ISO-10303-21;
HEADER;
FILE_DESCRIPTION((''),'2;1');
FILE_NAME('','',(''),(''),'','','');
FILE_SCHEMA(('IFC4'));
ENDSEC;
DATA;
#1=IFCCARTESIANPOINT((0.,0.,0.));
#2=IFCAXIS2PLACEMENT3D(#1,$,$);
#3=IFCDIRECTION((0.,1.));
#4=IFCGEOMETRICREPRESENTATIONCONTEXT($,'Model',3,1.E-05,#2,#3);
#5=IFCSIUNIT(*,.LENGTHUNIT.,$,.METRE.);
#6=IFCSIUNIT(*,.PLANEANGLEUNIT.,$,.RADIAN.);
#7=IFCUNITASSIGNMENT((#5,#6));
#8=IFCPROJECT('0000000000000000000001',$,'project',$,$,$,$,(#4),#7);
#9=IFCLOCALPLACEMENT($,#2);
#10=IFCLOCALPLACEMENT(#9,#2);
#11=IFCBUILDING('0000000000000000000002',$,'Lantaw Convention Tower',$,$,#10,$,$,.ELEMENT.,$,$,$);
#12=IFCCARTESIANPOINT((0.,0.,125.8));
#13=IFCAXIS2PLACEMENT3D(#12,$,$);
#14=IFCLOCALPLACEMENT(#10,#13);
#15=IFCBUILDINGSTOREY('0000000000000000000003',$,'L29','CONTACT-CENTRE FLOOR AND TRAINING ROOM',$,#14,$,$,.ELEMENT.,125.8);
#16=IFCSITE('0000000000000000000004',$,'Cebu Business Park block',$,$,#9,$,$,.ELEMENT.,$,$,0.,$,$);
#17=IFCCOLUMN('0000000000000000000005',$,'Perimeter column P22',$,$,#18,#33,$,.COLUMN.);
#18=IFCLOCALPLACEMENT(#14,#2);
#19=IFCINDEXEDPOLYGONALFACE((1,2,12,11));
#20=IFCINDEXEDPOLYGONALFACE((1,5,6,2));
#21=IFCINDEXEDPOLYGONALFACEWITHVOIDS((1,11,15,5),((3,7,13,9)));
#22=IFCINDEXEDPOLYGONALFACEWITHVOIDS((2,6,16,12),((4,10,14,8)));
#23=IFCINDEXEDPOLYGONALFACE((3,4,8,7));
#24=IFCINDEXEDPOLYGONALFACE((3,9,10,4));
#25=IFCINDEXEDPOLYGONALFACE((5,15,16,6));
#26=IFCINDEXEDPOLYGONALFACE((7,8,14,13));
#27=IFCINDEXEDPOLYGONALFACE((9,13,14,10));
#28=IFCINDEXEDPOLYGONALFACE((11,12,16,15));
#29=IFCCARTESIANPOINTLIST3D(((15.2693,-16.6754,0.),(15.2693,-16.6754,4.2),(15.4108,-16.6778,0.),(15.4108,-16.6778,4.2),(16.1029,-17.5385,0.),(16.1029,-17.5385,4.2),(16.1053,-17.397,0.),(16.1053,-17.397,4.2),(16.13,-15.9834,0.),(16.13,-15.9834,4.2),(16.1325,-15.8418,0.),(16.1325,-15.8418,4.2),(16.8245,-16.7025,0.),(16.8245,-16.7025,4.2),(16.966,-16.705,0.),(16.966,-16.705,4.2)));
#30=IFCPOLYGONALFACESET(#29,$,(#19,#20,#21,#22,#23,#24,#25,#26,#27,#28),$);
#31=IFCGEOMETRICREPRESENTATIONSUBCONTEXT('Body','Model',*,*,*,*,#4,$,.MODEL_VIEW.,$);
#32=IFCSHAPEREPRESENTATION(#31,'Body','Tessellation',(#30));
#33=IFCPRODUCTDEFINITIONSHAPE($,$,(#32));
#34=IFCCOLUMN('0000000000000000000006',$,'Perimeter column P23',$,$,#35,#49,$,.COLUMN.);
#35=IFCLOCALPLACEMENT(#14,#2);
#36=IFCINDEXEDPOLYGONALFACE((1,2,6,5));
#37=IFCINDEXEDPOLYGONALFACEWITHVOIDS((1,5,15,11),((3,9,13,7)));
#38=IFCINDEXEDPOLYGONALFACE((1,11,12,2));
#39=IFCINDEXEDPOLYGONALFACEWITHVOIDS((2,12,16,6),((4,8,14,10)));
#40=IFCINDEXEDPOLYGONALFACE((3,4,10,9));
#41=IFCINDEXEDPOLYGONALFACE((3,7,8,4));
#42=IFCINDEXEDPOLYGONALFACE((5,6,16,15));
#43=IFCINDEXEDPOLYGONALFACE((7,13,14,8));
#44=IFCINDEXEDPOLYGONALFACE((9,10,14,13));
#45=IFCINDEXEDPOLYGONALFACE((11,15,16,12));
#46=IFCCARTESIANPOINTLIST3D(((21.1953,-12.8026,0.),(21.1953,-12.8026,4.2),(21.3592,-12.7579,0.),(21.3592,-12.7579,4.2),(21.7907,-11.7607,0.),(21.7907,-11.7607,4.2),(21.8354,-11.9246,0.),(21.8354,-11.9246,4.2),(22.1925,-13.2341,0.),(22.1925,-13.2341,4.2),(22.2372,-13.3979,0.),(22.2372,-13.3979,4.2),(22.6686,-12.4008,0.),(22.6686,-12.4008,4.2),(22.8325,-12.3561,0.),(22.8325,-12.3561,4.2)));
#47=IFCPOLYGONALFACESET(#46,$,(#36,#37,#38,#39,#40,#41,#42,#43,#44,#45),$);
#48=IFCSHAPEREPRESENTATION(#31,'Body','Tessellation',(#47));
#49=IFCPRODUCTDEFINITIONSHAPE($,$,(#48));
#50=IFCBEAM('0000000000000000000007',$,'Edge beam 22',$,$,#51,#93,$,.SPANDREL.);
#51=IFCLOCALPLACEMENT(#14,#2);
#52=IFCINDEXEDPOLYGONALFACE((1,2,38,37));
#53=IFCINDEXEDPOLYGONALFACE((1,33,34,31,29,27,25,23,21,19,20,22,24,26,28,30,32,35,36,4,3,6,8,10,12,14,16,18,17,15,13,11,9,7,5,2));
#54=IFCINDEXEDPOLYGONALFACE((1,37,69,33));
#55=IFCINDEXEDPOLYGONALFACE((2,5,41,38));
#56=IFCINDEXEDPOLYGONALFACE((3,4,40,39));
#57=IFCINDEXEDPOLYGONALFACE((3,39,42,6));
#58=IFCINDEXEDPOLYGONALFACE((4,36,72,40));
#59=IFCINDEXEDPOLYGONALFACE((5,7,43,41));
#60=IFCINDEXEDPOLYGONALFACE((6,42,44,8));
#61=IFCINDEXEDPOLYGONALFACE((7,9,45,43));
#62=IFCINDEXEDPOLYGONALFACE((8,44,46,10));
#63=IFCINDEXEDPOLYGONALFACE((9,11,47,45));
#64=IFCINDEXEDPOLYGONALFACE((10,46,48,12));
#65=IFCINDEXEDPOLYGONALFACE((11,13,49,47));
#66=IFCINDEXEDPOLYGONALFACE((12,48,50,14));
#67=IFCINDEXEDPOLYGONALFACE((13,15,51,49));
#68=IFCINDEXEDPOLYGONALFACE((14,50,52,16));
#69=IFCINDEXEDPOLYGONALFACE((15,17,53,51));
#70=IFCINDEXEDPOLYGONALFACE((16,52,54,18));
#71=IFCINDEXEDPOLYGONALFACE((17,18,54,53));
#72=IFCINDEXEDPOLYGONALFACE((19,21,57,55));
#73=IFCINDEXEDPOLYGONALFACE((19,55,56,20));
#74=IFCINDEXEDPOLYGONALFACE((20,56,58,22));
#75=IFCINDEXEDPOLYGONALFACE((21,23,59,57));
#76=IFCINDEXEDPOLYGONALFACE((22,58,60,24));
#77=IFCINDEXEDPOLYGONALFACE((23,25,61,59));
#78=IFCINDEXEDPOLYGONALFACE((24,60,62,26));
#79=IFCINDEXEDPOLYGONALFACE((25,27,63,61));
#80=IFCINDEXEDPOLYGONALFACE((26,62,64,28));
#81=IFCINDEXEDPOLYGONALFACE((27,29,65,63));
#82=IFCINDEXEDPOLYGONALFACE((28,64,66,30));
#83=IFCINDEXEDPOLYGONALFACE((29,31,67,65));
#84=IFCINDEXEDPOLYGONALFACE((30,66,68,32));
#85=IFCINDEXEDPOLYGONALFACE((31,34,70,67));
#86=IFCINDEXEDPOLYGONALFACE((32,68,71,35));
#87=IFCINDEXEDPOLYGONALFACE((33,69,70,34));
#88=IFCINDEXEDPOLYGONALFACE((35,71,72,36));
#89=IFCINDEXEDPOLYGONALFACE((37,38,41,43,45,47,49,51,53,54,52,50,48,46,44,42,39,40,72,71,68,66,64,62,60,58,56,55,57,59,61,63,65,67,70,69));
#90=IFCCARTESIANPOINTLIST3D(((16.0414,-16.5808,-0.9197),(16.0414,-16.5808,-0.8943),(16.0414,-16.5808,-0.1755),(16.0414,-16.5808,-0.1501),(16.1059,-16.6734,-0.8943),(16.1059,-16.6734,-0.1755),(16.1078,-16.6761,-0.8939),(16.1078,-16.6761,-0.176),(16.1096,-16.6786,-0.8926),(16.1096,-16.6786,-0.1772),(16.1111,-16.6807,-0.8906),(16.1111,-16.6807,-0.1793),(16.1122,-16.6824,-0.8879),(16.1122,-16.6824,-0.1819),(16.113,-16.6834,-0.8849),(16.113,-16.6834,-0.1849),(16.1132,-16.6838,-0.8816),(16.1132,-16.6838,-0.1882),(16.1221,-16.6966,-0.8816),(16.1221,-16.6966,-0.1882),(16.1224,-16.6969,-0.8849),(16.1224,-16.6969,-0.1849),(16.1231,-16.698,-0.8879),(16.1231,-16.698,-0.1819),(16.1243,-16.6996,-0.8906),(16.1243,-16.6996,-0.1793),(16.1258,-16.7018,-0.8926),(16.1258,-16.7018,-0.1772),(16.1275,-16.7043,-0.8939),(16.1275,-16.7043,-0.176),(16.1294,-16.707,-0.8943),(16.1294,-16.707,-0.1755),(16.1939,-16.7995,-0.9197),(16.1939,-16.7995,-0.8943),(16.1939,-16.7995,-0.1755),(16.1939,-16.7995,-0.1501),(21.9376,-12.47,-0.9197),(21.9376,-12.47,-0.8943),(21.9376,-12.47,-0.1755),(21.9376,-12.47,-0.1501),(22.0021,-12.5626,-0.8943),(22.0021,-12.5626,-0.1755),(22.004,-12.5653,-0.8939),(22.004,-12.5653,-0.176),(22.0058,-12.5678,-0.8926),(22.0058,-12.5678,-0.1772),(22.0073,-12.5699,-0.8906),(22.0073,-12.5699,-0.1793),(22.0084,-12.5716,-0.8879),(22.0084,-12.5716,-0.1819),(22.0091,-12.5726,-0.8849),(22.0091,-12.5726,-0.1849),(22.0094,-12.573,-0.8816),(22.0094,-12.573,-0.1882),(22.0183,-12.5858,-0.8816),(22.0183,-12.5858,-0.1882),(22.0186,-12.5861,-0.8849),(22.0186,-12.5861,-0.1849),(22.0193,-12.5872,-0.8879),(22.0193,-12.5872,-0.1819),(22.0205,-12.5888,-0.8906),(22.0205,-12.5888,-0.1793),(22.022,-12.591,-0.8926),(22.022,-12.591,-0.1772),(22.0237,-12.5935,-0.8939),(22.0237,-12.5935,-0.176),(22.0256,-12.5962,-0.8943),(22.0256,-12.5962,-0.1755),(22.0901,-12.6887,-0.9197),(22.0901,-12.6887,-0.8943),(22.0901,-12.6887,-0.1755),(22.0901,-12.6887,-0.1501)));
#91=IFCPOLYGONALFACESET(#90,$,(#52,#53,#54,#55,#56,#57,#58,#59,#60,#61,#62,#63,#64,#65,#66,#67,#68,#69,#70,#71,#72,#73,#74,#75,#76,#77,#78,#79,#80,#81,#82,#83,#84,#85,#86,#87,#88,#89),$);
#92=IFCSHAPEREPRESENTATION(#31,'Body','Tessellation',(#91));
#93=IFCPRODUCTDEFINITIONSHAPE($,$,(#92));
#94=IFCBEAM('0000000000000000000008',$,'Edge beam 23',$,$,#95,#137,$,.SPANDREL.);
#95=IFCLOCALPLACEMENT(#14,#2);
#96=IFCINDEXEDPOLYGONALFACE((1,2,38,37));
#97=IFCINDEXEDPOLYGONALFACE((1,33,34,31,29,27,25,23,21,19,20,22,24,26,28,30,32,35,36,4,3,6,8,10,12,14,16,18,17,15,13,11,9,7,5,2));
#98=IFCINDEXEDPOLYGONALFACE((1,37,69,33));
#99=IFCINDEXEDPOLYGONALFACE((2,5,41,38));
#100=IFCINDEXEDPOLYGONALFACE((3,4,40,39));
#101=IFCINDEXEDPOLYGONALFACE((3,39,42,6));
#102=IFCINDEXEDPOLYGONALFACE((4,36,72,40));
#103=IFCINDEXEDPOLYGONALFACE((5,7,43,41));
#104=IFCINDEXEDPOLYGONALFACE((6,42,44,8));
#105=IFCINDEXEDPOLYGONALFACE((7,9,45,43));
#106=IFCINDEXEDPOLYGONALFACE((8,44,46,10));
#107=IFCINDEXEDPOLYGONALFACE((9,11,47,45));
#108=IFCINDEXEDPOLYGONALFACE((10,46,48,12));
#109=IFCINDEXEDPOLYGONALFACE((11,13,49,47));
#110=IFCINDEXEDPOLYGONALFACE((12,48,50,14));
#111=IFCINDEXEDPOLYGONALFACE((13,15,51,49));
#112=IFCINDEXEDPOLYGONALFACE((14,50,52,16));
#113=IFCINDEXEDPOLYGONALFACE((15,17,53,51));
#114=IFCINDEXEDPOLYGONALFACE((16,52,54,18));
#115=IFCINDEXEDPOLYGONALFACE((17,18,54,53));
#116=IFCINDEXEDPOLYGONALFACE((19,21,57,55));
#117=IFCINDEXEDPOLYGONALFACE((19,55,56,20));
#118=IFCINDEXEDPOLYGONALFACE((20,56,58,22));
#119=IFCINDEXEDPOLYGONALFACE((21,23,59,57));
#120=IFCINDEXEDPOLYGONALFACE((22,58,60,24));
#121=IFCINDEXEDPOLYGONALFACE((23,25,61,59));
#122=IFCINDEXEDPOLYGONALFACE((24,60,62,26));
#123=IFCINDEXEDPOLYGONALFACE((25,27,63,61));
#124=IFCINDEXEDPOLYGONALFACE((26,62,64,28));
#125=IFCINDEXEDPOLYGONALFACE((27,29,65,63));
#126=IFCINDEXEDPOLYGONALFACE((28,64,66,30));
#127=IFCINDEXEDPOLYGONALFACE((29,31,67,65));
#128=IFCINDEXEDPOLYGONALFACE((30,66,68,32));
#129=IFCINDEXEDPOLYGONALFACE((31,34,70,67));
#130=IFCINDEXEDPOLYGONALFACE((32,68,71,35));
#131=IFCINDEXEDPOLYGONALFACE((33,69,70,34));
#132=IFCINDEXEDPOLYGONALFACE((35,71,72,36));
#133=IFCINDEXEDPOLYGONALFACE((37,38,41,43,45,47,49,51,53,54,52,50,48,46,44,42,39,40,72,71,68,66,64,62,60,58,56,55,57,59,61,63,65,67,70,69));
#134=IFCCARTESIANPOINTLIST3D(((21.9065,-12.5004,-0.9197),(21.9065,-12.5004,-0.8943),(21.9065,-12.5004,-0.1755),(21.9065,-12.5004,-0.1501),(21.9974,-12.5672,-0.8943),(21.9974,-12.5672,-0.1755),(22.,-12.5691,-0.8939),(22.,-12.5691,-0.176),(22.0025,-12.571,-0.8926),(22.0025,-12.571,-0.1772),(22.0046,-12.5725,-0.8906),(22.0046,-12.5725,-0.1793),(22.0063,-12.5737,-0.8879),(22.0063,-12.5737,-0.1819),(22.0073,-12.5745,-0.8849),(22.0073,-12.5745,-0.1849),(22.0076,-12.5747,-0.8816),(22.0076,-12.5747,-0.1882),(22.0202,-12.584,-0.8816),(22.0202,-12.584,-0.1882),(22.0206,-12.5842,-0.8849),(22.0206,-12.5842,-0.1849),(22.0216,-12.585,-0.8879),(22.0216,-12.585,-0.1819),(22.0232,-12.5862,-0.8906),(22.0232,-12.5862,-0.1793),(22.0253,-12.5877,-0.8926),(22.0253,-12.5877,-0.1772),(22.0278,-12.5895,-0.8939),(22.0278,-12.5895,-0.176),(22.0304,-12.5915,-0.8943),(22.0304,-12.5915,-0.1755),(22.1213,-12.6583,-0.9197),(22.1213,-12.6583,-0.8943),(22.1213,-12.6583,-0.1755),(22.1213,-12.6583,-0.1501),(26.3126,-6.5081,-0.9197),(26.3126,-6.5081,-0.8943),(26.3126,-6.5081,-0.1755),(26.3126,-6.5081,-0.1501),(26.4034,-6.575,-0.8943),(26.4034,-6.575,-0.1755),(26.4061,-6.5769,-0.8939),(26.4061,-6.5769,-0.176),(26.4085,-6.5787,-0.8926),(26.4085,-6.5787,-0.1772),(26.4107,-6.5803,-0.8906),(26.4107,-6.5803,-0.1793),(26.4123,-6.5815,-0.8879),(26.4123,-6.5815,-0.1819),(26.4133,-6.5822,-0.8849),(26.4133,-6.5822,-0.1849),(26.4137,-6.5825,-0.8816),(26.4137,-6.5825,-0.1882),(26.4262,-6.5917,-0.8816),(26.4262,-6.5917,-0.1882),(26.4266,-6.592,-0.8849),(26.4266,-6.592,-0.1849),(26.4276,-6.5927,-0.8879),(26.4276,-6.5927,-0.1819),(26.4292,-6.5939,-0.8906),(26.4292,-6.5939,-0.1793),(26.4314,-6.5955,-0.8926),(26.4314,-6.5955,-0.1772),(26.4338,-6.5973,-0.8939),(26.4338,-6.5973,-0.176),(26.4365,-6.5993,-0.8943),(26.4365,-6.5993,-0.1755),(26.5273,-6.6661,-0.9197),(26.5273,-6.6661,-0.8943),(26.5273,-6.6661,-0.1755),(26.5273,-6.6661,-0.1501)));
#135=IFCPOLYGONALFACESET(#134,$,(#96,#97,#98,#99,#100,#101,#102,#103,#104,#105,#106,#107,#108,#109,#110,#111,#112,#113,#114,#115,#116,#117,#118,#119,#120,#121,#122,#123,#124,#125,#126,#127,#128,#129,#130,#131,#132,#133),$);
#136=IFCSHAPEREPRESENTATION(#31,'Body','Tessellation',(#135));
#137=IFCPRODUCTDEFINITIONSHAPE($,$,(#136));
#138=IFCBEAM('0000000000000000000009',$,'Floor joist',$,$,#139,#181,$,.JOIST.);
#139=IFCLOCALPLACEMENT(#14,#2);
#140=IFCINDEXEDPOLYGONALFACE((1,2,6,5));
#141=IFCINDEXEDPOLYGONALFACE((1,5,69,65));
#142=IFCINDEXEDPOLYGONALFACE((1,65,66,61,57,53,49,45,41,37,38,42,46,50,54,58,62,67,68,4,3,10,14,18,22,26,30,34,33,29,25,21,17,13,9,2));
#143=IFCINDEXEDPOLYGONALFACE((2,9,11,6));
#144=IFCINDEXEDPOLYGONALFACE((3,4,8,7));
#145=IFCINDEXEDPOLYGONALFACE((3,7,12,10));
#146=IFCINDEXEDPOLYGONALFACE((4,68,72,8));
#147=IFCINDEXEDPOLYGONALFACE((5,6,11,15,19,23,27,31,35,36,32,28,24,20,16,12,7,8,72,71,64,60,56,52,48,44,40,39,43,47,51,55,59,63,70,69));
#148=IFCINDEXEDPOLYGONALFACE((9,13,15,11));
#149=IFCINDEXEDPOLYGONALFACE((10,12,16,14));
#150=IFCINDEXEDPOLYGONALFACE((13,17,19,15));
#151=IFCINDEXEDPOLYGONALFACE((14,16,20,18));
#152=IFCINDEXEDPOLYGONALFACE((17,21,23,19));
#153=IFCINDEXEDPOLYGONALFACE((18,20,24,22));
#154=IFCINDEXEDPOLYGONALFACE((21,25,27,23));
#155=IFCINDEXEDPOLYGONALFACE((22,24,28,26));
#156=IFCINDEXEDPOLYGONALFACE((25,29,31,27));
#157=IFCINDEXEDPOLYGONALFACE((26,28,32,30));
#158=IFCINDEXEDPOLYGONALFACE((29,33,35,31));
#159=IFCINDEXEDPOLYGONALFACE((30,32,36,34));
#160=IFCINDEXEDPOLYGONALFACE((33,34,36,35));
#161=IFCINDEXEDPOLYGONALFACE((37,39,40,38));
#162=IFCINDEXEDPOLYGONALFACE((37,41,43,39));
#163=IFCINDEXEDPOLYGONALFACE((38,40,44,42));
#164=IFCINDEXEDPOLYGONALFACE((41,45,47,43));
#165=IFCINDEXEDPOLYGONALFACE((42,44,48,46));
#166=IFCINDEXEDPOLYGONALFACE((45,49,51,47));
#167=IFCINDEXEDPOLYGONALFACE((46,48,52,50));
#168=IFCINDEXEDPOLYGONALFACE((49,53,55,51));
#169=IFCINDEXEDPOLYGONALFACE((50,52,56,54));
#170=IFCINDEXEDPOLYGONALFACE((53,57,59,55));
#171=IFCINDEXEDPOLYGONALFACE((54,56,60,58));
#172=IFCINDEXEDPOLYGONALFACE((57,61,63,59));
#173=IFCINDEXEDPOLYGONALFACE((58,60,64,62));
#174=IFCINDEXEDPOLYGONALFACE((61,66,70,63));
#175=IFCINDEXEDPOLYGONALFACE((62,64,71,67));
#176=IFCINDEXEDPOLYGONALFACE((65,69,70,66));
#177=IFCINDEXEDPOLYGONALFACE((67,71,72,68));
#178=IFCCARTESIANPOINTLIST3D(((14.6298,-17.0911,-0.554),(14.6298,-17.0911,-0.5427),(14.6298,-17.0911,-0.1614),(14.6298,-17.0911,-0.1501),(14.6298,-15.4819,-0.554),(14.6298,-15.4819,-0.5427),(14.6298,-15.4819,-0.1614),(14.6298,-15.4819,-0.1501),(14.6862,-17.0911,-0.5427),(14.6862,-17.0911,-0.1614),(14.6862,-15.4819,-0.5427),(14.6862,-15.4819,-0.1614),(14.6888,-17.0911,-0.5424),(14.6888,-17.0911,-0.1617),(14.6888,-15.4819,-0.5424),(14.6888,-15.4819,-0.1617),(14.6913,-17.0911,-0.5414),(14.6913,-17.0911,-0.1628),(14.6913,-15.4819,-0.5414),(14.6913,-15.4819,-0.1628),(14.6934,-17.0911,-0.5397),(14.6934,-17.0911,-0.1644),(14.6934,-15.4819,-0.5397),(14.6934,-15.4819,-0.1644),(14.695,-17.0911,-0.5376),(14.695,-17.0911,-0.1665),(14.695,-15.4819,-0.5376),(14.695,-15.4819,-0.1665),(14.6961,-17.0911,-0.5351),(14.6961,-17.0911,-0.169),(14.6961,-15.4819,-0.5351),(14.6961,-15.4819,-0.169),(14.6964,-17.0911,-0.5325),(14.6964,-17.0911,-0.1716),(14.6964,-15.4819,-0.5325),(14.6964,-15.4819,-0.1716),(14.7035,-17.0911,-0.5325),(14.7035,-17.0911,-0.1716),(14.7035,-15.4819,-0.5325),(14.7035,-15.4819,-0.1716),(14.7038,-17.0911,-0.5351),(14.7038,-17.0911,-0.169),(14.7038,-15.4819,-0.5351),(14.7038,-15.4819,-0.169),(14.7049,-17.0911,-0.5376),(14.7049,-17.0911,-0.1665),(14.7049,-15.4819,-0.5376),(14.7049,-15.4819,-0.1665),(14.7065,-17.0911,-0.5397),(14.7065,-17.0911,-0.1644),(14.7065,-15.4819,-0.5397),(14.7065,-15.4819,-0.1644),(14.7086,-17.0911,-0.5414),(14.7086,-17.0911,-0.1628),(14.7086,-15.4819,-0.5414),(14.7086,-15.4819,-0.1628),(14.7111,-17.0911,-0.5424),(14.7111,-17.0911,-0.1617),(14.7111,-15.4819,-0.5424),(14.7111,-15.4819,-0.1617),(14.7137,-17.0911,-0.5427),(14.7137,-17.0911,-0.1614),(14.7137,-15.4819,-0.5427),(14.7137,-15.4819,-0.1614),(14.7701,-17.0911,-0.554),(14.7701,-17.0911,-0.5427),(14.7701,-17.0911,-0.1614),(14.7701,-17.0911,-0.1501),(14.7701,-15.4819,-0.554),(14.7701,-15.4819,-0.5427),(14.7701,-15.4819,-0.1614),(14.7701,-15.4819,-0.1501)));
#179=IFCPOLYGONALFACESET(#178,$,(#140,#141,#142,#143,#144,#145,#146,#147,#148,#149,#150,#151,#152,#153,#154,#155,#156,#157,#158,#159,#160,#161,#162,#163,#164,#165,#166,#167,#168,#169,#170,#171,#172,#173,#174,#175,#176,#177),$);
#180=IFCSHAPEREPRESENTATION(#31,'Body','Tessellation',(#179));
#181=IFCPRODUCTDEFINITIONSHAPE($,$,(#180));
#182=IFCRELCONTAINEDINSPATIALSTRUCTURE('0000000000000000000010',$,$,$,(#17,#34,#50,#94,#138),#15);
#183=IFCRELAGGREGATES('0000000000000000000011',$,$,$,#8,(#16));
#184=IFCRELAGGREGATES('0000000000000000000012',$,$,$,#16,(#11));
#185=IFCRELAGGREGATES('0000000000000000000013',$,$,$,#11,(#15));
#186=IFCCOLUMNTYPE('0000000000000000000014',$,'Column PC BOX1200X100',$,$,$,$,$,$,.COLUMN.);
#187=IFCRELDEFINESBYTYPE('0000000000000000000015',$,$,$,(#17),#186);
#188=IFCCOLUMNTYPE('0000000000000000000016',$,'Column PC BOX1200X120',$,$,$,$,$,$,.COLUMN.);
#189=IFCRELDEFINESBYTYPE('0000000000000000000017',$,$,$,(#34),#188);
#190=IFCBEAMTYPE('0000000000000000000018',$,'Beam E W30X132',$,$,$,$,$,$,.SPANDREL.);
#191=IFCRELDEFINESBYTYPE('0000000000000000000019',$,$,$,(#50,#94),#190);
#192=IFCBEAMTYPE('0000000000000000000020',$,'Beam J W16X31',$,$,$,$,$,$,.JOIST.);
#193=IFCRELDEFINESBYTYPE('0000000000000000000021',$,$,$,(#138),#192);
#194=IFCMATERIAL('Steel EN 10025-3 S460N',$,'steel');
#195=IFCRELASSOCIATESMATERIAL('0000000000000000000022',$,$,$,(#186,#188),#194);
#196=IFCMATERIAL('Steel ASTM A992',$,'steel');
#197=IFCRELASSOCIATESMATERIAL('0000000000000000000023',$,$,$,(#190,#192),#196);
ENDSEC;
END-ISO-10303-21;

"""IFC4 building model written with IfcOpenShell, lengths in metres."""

from ifc_helpers import new_model, si_unit, direction, frame, origin, origin_2d, place, context, subcontext, project, spatial, rectangle, hollow_rectangle, i_section, extrude, material, material_profile, profile_set, type_object, element, save


model = new_model("IFC4")

# Units and contexts
model_context = context("Model", 3, precision=1e-05, world=origin(), true_north=direction((0.0, 1.0)))
body_context = subcontext(model_context, "Body", "Model", "MODEL_VIEW")
ifc_project = project(units=[si_unit("LENGTHUNIT", "METRE"), si_unit("PLANEANGLEUNIT", "RADIAN")], contexts=[model_context])

# Site, building, storey
site_placement = place(None, origin())
site = spatial("IfcSite", under=ifc_project, at=site_placement, Name="Cebu Business Park block", CompositionType="ELEMENT", RefElevation=0.0)
building_placement = place(site_placement, origin())
building = spatial("IfcBuilding", under=site, at=building_placement, Name="Lantaw Convention Tower", CompositionType="ELEMENT")
storey_placement = place(building_placement, frame((0.0, 0.0, 125.8)))
storey = spatial("IfcBuildingStorey", under=building, at=storey_placement, Name="L29", Description="CONTACT-CENTRE FLOOR AND TRAINING ROOM", CompositionType="ELEMENT", Elevation=125.8)

# Columns
ifc_material_1 = material(Name="Steel EN 10025-3 S460N", Category="steel")
ifc_material_profile_1 = material_profile(ifc_material_1, hollow_rectangle(XDim=1.2, YDim=1.2, WallThickness=0.1001, at=origin_2d()), Name="BOX1200X100")
ifc_material_2 = material(Name="Concrete C60/75", Category="concrete")
ifc_material_profile_2 = material_profile(ifc_material_2, rectangle(XDim=1.0, YDim=1.0, at=origin_2d()), Name="Concrete fill of BOX1200X100")
ifc_profile_set_1 = profile_set([ifc_material_profile_1, ifc_material_profile_2], Name="Steel EN 10025-3 S460N")
column_type_1 = type_object("IfcColumnType", Name="Column PC BOX1200X100", PredefinedType="COLUMN", material=ifc_profile_set_1)
column_1_placement = place(storey_placement, frame((16.1177, -16.6902, 0.0), z_axis=(0.0, 0.0, 1.0), x_axis=(0.71934, 0.694658, 0.0)))
element("IfcColumn", 1, at=column_1_placement, inside=storey, type_object=column_type_1, Name="Perimeter column P22", PredefinedType="COLUMN", context=body_context, shape_type="SweptSolid", body=[
    extrude(hollow_rectangle(XDim=1.2, YDim=1.2, WallThickness=0.1001, at=origin_2d()), origin(), (0.0, 0.0, 1.0), 4.2),
])
ifc_material_profile_3 = material_profile(ifc_material_1, hollow_rectangle(XDim=1.2, YDim=1.2, WallThickness=0.1201, at=origin_2d()), Name="BOX1200X120")
ifc_material_profile_4 = material_profile(ifc_material_2, rectangle(XDim=0.96, YDim=0.96, at=origin_2d()), Name="Concrete fill of BOX1200X120")
ifc_profile_set_2 = profile_set([ifc_material_profile_3, ifc_material_profile_4], Name="Steel EN 10025-3 S460N")
column_type_2 = type_object("IfcColumnType", Name="Column PC BOX1200X120", PredefinedType="COLUMN", material=ifc_profile_set_2)
column_2_placement = place(storey_placement, frame((22.0139, -12.5793, 0.0), z_axis=(0.0, 0.0, 1.0), x_axis=(0.496139, 0.868243, 0.0)))
element("IfcColumn", 2, at=column_2_placement, inside=storey, type_object=column_type_2, Name="Perimeter column P23", PredefinedType="COLUMN", context=body_context, shape_type="SweptSolid", body=[
    extrude(hollow_rectangle(XDim=1.2, YDim=1.2, WallThickness=0.1201, at=origin_2d()), origin(), (0.0, 0.0, 1.0), 4.2),
])

# Beams
ifc_material_3 = material(Name="Steel ASTM A992", Category="steel")
ifc_material_profile_5 = material_profile(ifc_material_3, i_section(OverallWidth=0.2666, OverallDepth=0.7695, WebThickness=0.0156, FlangeThickness=0.0254, FilletRadius=0.0127, at=origin_2d()), Name="W30X132")
ifc_profile_set_3 = profile_set([ifc_material_profile_5], Name="Steel ASTM A992")
beam_type_1 = type_object("IfcBeamType", Name="Beam E W30X132", PredefinedType="SPANDREL", material=ifc_profile_set_3)
beam_1_placement = place(storey_placement, frame((16.1177, -16.6902, -0.5349), z_axis=(0.820311, 0.571918, 0.0), x_axis=(-0.571918, 0.820311, 0.0)))
element("IfcBeam", 3, at=beam_1_placement, inside=storey, type_object=beam_type_1, Name="Edge beam 22", PredefinedType="SPANDREL", context=body_context, shape_type="SweptSolid", body=[
    extrude(i_section(OverallWidth=0.2666, OverallDepth=0.7695, WebThickness=0.0156, FlangeThickness=0.0254, FilletRadius=0.0127, at=origin_2d()), origin(), (0.0, 0.0, 1.0), 7.1877),
])
beam_2_placement = place(storey_placement, frame((22.0139, -12.5793, -0.5349), z_axis=(0.592389, 0.805652, 0.0), x_axis=(-0.805652, 0.592389, 0.0)))
element("IfcBeam", 4, at=beam_2_placement, inside=storey, type_object=beam_type_1, Name="Edge beam 23", PredefinedType="SPANDREL", context=body_context, shape_type="SweptSolid", body=[
    extrude(i_section(OverallWidth=0.2666, OverallDepth=0.7695, WebThickness=0.0156, FlangeThickness=0.0254, FilletRadius=0.0127, at=origin_2d()), origin(), (0.0, 0.0, 1.0), 7.4377),
])
ifc_material_profile_6 = material_profile(ifc_material_3, i_section(OverallWidth=0.1404, OverallDepth=0.4038, WebThickness=0.0071, FlangeThickness=0.0112, FilletRadius=0.0103, at=origin_2d()), Name="W16X31")
ifc_profile_set_4 = profile_set([ifc_material_profile_6], Name="Steel ASTM A992")
beam_type_2 = type_object("IfcBeamType", Name="Beam J W16X31", PredefinedType="JOIST", material=ifc_profile_set_4)
beam_3_placement = place(storey_placement, frame((14.7, -17.0911, -0.3521), z_axis=(0.0, 1.0, 0.0), x_axis=(-1.0, 0.0, 0.0)))
element("IfcBeam", 5, at=beam_3_placement, inside=storey, type_object=beam_type_2, Name="Floor joist", PredefinedType="JOIST", context=body_context, shape_type="SweptSolid", body=[
    extrude(i_section(OverallWidth=0.1404, OverallDepth=0.4038, WebThickness=0.0071, FlangeThickness=0.0112, FilletRadius=0.0103, at=origin_2d()), origin(), (0.0, 0.0, 1.0), 1.6091),
])

save(model, "model.ifc")
